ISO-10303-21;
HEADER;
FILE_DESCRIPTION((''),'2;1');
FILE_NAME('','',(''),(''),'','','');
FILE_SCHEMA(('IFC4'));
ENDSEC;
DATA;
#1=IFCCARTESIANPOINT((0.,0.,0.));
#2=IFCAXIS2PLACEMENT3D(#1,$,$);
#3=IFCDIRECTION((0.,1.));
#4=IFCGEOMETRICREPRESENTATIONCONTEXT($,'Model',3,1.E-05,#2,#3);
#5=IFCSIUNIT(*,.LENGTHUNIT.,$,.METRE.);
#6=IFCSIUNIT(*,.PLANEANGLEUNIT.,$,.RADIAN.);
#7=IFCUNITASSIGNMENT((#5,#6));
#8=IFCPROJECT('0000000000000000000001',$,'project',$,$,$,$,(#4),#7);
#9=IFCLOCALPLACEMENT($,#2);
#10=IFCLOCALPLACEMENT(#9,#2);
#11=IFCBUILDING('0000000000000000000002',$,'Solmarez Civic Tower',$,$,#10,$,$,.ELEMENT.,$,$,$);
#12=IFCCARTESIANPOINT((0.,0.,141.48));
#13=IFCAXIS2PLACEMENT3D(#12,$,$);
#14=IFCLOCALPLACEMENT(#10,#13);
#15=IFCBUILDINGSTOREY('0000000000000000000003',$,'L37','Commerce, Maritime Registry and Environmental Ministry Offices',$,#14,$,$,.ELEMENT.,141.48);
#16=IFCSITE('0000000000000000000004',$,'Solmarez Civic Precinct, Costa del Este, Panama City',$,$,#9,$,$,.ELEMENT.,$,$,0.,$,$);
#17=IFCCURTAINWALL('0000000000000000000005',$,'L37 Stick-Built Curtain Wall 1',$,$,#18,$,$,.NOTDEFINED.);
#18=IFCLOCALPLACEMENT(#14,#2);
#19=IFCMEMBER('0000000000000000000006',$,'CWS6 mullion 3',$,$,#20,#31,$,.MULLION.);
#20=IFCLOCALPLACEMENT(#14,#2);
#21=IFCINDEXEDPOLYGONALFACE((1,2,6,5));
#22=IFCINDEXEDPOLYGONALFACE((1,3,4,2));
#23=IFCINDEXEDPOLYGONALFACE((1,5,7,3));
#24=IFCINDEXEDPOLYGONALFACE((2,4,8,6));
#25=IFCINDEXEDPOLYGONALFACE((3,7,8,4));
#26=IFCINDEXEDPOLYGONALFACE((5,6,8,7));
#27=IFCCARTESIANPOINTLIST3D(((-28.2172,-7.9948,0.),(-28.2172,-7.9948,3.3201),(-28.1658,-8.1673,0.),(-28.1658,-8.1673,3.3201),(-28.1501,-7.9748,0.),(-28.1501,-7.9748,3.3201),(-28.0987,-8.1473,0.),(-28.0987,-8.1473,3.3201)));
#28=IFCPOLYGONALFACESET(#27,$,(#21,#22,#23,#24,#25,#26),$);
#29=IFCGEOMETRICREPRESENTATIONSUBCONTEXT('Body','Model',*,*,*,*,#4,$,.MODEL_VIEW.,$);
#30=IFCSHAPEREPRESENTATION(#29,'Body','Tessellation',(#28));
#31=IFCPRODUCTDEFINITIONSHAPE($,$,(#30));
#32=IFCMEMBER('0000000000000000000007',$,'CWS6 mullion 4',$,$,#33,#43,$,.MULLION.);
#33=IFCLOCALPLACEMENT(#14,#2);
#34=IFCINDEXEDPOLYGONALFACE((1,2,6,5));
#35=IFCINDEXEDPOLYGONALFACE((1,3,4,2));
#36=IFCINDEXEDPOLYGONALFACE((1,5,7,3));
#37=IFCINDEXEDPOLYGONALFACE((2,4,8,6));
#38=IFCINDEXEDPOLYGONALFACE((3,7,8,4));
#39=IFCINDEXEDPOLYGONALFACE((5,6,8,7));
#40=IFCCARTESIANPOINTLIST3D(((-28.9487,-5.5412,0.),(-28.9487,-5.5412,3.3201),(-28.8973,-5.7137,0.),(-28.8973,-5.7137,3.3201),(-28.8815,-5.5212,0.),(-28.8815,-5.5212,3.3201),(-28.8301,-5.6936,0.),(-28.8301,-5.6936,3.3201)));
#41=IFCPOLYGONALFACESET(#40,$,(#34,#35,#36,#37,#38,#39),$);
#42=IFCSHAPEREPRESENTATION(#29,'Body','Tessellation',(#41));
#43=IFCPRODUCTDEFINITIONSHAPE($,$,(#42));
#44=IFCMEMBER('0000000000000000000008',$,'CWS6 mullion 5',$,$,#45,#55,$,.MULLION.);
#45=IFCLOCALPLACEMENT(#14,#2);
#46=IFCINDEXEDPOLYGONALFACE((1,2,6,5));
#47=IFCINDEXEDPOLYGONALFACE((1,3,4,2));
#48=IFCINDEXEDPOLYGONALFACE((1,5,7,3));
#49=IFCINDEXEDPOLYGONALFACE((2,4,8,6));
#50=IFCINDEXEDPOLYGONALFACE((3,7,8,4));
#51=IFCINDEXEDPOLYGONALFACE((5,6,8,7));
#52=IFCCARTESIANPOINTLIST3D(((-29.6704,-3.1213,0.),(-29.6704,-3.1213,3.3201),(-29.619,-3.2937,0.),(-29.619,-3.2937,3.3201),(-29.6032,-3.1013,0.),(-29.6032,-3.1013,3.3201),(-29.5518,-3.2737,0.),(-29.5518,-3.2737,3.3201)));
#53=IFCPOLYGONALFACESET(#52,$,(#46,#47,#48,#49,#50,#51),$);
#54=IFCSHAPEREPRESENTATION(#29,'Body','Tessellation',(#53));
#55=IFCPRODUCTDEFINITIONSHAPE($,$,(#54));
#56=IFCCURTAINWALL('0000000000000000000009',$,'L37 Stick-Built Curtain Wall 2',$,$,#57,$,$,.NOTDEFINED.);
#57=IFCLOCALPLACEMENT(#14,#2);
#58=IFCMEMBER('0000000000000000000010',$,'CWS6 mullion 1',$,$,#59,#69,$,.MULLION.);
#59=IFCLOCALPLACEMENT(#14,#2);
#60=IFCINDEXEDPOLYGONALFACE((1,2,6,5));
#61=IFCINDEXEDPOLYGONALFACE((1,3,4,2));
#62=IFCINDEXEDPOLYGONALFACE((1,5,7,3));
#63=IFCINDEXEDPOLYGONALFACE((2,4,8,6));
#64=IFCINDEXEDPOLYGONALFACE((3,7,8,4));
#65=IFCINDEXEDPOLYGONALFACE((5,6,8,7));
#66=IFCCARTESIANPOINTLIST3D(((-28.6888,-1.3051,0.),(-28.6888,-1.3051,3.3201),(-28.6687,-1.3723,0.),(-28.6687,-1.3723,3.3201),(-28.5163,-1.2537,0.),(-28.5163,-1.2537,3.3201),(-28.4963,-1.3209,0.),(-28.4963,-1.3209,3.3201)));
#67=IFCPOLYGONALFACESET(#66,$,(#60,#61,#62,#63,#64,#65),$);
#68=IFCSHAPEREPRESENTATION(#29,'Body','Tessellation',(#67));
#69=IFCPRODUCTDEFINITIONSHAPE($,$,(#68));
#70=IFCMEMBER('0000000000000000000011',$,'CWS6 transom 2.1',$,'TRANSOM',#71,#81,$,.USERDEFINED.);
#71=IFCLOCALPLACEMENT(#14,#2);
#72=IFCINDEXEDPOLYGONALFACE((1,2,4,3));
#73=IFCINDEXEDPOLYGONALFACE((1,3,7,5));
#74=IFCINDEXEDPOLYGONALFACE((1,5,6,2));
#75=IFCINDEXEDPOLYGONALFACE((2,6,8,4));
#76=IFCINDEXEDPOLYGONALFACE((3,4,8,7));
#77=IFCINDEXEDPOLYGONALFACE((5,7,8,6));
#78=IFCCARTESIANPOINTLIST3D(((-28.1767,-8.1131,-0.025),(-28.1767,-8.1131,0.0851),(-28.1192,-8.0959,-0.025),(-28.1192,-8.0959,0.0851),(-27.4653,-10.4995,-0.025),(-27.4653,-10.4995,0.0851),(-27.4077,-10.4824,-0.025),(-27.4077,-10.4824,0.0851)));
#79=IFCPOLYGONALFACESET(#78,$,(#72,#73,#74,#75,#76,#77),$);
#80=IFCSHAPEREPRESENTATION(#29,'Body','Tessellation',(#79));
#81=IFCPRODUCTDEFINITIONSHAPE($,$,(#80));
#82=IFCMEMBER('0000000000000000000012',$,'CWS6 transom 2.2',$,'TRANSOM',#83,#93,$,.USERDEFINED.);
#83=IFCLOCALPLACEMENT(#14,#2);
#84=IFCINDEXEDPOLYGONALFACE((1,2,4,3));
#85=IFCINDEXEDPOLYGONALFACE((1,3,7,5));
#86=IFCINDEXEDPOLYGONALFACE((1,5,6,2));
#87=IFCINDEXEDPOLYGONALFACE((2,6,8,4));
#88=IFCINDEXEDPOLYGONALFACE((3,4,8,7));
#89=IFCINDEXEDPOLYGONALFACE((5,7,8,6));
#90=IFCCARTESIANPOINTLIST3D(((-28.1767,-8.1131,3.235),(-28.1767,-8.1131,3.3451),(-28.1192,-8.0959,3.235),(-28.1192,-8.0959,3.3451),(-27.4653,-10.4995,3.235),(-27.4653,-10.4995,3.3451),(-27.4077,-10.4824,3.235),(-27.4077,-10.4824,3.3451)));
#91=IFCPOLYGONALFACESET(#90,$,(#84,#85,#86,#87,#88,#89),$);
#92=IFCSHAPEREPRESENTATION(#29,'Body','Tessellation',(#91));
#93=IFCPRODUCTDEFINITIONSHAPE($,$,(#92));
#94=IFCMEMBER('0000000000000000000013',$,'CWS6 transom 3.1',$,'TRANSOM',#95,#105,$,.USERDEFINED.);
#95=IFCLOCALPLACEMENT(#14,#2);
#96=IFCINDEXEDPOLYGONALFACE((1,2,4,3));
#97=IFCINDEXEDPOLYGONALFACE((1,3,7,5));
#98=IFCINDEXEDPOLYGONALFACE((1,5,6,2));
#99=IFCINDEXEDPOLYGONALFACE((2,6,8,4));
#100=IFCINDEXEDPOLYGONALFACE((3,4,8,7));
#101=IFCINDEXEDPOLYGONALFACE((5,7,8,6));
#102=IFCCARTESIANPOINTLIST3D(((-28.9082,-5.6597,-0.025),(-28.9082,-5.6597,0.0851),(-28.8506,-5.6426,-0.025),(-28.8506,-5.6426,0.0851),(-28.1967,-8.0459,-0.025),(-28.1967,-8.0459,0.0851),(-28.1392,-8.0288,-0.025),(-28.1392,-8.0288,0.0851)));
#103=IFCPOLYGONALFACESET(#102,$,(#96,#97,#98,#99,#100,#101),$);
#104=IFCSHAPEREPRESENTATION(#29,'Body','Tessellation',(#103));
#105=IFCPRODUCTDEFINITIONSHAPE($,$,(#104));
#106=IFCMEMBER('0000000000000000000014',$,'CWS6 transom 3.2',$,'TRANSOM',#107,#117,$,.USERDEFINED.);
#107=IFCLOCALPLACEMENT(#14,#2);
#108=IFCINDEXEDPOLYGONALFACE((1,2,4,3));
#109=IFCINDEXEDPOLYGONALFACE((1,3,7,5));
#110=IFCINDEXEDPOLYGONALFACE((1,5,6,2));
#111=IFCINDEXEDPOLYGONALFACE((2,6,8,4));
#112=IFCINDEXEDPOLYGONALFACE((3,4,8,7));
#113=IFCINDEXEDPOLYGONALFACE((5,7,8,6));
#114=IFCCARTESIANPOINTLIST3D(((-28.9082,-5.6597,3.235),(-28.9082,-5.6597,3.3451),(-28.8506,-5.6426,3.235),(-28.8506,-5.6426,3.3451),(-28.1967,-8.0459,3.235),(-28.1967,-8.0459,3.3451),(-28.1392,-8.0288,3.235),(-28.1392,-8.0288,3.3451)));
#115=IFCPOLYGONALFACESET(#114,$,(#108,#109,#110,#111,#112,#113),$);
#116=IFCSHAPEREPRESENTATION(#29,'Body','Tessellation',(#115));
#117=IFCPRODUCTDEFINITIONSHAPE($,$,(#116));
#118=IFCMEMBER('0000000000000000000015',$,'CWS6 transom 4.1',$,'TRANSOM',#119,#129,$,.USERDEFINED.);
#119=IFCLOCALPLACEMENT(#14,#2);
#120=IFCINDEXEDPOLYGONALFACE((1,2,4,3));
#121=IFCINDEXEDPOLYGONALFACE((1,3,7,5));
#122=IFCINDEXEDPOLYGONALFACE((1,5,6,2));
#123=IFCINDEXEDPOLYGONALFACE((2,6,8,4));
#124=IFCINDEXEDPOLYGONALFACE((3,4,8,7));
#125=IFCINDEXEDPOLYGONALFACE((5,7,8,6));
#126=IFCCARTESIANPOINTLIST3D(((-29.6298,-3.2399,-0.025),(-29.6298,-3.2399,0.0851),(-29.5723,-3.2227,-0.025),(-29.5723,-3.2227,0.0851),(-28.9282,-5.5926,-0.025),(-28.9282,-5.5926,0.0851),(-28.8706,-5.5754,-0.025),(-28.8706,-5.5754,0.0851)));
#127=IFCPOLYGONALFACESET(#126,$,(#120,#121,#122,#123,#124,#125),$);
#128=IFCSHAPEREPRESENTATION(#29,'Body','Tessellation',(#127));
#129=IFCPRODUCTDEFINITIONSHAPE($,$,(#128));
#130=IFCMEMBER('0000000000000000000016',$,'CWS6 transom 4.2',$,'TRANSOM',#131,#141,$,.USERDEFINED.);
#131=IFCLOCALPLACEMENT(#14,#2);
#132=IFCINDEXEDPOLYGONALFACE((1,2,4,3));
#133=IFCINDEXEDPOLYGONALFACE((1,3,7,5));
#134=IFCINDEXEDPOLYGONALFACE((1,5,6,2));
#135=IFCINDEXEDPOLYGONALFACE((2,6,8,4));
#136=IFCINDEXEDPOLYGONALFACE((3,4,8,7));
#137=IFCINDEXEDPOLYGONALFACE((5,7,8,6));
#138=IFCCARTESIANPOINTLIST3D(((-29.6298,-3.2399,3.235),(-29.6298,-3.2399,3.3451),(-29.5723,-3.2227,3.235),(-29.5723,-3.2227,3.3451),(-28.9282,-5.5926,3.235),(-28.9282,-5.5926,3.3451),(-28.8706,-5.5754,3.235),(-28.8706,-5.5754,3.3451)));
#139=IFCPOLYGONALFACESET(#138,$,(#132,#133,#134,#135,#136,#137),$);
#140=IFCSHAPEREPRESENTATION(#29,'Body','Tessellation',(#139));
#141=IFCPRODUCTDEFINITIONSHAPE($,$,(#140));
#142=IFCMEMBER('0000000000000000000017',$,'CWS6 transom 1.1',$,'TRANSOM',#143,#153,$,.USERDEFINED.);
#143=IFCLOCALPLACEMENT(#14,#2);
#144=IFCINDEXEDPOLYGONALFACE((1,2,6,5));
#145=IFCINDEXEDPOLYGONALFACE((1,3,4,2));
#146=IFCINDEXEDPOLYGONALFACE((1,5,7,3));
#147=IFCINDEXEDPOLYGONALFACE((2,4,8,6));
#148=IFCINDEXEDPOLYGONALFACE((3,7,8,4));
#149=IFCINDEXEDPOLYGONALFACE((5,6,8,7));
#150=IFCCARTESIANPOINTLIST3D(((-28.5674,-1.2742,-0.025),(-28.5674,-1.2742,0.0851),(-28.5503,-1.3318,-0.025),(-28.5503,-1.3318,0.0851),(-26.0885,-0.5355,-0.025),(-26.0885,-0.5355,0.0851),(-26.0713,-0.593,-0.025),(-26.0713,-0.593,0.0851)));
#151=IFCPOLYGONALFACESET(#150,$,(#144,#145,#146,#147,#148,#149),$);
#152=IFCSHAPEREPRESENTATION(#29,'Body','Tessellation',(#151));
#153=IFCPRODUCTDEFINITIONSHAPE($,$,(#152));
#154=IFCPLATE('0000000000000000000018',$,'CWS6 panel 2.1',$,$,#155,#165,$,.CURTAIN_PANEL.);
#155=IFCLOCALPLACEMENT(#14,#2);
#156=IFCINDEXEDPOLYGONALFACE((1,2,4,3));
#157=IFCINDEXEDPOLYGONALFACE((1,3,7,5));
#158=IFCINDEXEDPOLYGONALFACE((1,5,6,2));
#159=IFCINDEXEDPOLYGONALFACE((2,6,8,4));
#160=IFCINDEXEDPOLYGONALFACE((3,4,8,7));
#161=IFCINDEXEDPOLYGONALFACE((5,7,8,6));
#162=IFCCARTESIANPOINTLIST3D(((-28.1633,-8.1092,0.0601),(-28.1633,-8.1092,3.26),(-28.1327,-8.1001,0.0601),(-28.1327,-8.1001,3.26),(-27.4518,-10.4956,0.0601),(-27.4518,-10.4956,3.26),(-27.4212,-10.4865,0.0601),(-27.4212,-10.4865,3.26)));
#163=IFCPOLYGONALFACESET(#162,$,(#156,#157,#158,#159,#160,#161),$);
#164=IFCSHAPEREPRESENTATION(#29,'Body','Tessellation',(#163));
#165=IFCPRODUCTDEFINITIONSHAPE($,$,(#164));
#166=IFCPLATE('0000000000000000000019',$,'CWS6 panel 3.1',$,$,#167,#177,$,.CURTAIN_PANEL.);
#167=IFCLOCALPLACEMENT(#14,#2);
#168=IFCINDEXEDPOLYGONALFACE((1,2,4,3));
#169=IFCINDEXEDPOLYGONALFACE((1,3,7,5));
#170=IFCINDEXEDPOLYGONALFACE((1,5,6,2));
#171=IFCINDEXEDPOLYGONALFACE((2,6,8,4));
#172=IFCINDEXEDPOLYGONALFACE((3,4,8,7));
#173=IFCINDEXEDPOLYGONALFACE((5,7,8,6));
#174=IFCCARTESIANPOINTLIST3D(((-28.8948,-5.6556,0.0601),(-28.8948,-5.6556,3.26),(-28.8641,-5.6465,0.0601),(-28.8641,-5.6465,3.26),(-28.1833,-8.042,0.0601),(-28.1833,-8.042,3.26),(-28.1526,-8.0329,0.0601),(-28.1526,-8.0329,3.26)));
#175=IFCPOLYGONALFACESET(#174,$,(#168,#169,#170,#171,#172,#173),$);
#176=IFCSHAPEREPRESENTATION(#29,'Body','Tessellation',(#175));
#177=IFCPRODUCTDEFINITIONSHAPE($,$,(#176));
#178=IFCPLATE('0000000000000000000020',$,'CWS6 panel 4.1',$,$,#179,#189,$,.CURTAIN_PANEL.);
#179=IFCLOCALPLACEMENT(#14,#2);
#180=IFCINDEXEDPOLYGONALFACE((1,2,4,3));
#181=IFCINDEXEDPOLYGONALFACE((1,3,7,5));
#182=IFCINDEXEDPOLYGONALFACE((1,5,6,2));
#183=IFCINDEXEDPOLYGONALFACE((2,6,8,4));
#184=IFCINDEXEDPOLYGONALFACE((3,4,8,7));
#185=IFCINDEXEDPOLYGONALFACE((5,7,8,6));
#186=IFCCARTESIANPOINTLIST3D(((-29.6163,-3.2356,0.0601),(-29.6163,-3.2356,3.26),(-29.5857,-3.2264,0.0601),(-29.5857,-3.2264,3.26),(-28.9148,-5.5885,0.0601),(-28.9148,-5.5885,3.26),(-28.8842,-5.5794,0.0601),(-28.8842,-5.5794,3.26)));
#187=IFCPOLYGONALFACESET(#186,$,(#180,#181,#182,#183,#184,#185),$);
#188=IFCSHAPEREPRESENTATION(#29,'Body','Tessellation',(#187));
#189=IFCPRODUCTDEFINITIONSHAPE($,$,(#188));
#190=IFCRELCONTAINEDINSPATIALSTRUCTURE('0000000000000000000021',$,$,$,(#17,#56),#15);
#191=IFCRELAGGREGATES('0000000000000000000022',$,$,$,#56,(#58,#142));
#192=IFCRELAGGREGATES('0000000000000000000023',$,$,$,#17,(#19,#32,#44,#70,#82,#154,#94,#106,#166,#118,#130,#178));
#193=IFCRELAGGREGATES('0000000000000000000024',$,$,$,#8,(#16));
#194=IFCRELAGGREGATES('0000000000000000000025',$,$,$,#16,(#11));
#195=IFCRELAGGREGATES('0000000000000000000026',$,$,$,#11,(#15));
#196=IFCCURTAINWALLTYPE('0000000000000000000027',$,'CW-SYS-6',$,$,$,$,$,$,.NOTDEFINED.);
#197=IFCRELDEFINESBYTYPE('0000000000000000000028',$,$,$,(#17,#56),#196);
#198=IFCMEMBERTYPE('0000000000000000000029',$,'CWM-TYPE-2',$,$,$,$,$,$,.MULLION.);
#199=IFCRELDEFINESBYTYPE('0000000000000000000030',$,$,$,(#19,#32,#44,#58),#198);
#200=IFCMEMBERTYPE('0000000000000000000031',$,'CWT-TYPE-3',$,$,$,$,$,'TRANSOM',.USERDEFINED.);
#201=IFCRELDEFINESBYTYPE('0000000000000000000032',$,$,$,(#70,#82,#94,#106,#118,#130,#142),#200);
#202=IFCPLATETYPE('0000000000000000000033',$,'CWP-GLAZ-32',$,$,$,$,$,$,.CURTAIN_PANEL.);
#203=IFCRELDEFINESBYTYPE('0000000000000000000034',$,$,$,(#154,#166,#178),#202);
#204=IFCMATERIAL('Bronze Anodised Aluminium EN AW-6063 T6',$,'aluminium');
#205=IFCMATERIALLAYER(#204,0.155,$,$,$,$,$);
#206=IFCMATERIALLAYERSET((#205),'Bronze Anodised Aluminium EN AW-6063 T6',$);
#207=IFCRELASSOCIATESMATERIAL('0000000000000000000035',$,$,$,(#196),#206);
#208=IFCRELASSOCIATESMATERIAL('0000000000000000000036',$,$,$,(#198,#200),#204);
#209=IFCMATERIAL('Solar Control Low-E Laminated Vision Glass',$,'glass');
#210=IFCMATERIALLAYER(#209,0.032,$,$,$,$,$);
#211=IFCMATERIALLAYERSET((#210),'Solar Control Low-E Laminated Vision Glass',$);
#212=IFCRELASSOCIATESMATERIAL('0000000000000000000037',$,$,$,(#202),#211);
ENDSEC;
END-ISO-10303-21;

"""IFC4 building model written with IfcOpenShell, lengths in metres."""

from ifc_helpers import new_model, si_unit, direction, frame, origin, origin_2d, place, context, subcontext, project, spatial, rectangle, extrude, material, layer, layer_set, material_profile, profile_set, type_object, element, aggregate, save


model = new_model("IFC4")

# Units and contexts
model_context = context("Model", 3, precision=1e-05, world=origin(), true_north=direction((0.0, 1.0)))
body_context = subcontext(model_context, "Body", "Model", "MODEL_VIEW")
ifc_project = project(units=[si_unit("LENGTHUNIT", "METRE"), si_unit("PLANEANGLEUNIT", "RADIAN")], contexts=[model_context])

# Site, building, storey
site_placement = place(None, origin())
site = spatial("IfcSite", under=ifc_project, at=site_placement, Name="Solmarez Civic Precinct, Costa del Este, Panama City", CompositionType="ELEMENT", RefElevation=0.0)
building_placement = place(site_placement, origin())
building = spatial("IfcBuilding", under=site, at=building_placement, Name="Solmarez Civic Tower", CompositionType="ELEMENT")
storey_placement = place(building_placement, frame((0.0, 0.0, 141.48)))
storey = spatial("IfcBuildingStorey", under=building, at=storey_placement, Name="L37", Description="Commerce, Maritime Registry and Environmental Ministry Offices", CompositionType="ELEMENT", Elevation=141.48)

# Curtain wall, members
ifc_material_1 = material(Name="Bronze Anodised Aluminium EN AW-6063 T6", Category="aluminium")
ifc_layer_1 = layer(ifc_material_1, 0.155)
ifc_layer_set_1 = layer_set([ifc_layer_1], Name="Bronze Anodised Aluminium EN AW-6063 T6")
curtain_wall_type = type_object("IfcCurtainWallType", Name="CW-SYS-6", PredefinedType="NOTDEFINED", material=ifc_layer_set_1)
curtain_wall_1_placement = place(storey_placement, origin())
curtain_wall_1 = element("IfcCurtainWall", 1, at=curtain_wall_1_placement, inside=storey, type_object=curtain_wall_type, Name="L37 Stick-Built Curtain Wall 1", PredefinedType="NOTDEFINED")
ifc_material_profile_1 = material_profile(ifc_material_1, rectangle(XDim=0.0701, YDim=0.1799, at=origin_2d()), Name="CWM-70X180")
ifc_profile_set_1 = profile_set([ifc_material_profile_1], Name="Bronze Anodised Aluminium EN AW-6063 T6")
member_type_1 = type_object("IfcMemberType", Name="CWM-TYPE-2", PredefinedType="MULLION", material=ifc_profile_set_1)
member_1_placement = place(storey_placement, frame((-28.158, -8.071, 0.0), z_axis=(0.0, 0.0, 1.0), x_axis=(-0.958314, -0.285717, 0.0)))
member_1 = element("IfcMember", 2, at=member_1_placement, type_object=member_type_1, Name="CWS6 mullion 3", PredefinedType="MULLION", context=body_context, shape_type="SweptSolid", body=[
    extrude(rectangle(XDim=0.0701, YDim=0.1799, at=origin_2d()), origin(), (0.0, 0.0, 1.0), 3.3201),
])
member_2_placement = place(storey_placement, frame((-28.8894, -5.6174, 0.0), z_axis=(0.0, 0.0, 1.0), x_axis=(-0.958314, -0.285717, 0.0)))
member_2 = element("IfcMember", 3, at=member_2_placement, type_object=member_type_1, Name="CWS6 mullion 4", PredefinedType="MULLION", context=body_context, shape_type="SweptSolid", body=[
    extrude(rectangle(XDim=0.0701, YDim=0.1799, at=origin_2d()), origin(), (0.0, 0.0, 1.0), 3.3201),
])
member_3_placement = place(storey_placement, frame((-29.6111, -3.1975, 0.0), z_axis=(0.0, 0.0, 1.0), x_axis=(-0.958314, -0.285717, 0.0)))
member_3 = element("IfcMember", 4, at=member_3_placement, type_object=member_type_1, Name="CWS6 mullion 5", PredefinedType="MULLION", context=body_context, shape_type="SweptSolid", body=[
    extrude(rectangle(XDim=0.0701, YDim=0.1799, at=origin_2d()), origin(), (0.0, 0.0, 1.0), 3.3201),
])

# Curtain wall, member
curtain_wall_2_placement = place(storey_placement, origin())
curtain_wall_2 = element("IfcCurtainWall", 5, at=curtain_wall_2_placement, inside=storey, type_object=curtain_wall_type, Name="L37 Stick-Built Curtain Wall 2", PredefinedType="NOTDEFINED")
member_4_placement = place(storey_placement, frame((-28.5925, -1.313, 0.0), z_axis=(0.0, 0.0, 1.0), x_axis=(-0.285616, 0.958344, 0.0)))
member_4 = element("IfcMember", 6, at=member_4_placement, type_object=member_type_1, Name="CWS6 mullion 1", PredefinedType="MULLION", context=body_context, shape_type="SweptSolid", body=[
    extrude(rectangle(XDim=0.0701, YDim=0.1799, at=origin_2d()), origin(), (0.0, 0.0, 1.0), 3.3201),
])

# Members
ifc_material_profile_2 = material_profile(ifc_material_1, rectangle(XDim=0.0601, YDim=0.1101, at=origin_2d()), Name="CWT-60X110")
ifc_profile_set_2 = profile_set([ifc_material_profile_2], Name="Bronze Anodised Aluminium EN AW-6063 T6")
member_type_2 = type_object("IfcMemberType", Name="CWT-TYPE-3", ElementType="TRANSOM", PredefinedType="USERDEFINED", material=ifc_profile_set_2)
member_5_placement = place(storey_placement, frame((-27.4365, -10.491, 0.03), z_axis=(-0.285683, 0.958324, 0.0), x_axis=(-0.958324, -0.285683, 0.0)))
member_5 = element("IfcMember", 7, at=member_5_placement, type_object=member_type_2, Name="CWS6 transom 2.1", ObjectType="TRANSOM", PredefinedType="USERDEFINED", context=body_context, shape_type="SweptSolid", body=[
    extrude(rectangle(XDim=0.0601, YDim=0.1101, at=origin_2d()), origin(), (0.0, 0.0, 1.0), 2.4902),
])
member_6_placement = place(storey_placement, frame((-27.4365, -10.491, 3.29), z_axis=(-0.285683, 0.958324, 0.0), x_axis=(-0.958324, -0.285683, 0.0)))
member_6 = element("IfcMember", 8, at=member_6_placement, type_object=member_type_2, Name="CWS6 transom 2.2", ObjectType="TRANSOM", PredefinedType="USERDEFINED", context=body_context, shape_type="SweptSolid", body=[
    extrude(rectangle(XDim=0.0601, YDim=0.1101, at=origin_2d()), origin(), (0.0, 0.0, 1.0), 2.4902),
])
member_7_placement = place(storey_placement, frame((-28.168, -8.0374, 0.03), z_axis=(-0.28571, 0.958316, 0.0), x_axis=(-0.958316, -0.28571, 0.0)))
member_7 = element("IfcMember", 9, at=member_7_placement, type_object=member_type_2, Name="CWS6 transom 3.1", ObjectType="TRANSOM", PredefinedType="USERDEFINED", context=body_context, shape_type="SweptSolid", body=[
    extrude(rectangle(XDim=0.0601, YDim=0.1101, at=origin_2d()), origin(), (0.0, 0.0, 1.0), 2.49),
])
member_8_placement = place(storey_placement, frame((-28.168, -8.0374, 3.29), z_axis=(-0.28571, 0.958316, 0.0), x_axis=(-0.958316, -0.28571, 0.0)))
member_8 = element("IfcMember", 10, at=member_8_placement, type_object=member_type_2, Name="CWS6 transom 3.2", ObjectType="TRANSOM", PredefinedType="USERDEFINED", context=body_context, shape_type="SweptSolid", body=[
    extrude(rectangle(XDim=0.0601, YDim=0.1101, at=origin_2d()), origin(), (0.0, 0.0, 1.0), 2.49),
])
member_9_placement = place(storey_placement, frame((-28.8994, -5.584, 0.03), z_axis=(-0.285787, 0.958293, 0.0), x_axis=(-0.958293, -0.285787, 0.0)))
member_9 = element("IfcMember", 11, at=member_9_placement, type_object=member_type_2, Name="CWS6 transom 4.1", ObjectType="TRANSOM", PredefinedType="USERDEFINED", context=body_context, shape_type="SweptSolid", body=[
    extrude(rectangle(XDim=0.0601, YDim=0.1101, at=origin_2d()), origin(), (0.0, 0.0, 1.0), 2.4551),
])
member_10_placement = place(storey_placement, frame((-28.8994, -5.584, 3.29), z_axis=(-0.285787, 0.958293, 0.0), x_axis=(-0.958293, -0.285787, 0.0)))
member_10 = element("IfcMember", 12, at=member_10_placement, type_object=member_type_2, Name="CWS6 transom 4.2", ObjectType="TRANSOM", PredefinedType="USERDEFINED", context=body_context, shape_type="SweptSolid", body=[
    extrude(rectangle(XDim=0.0601, YDim=0.1101, at=origin_2d()), origin(), (0.0, 0.0, 1.0), 2.4551),
])
member_11_placement = place(storey_placement, frame((-28.5588, -1.303, 0.03), z_axis=(0.958349, 0.285598, 0.0), x_axis=(-0.285598, 0.958349, 0.0)))
member_11 = element("IfcMember", 13, at=member_11_placement, type_object=member_type_2, Name="CWS6 transom 1.1", ObjectType="TRANSOM", PredefinedType="USERDEFINED", context=body_context, shape_type="SweptSolid", body=[
    extrude(rectangle(XDim=0.0601, YDim=0.1101, at=origin_2d()), origin(), (0.0, 0.0, 1.0), 2.5867),
])
aggregate(curtain_wall_2, [member_4, member_11])

# Plates
ifc_material_2 = material(Name="Solar Control Low-E Laminated Vision Glass", Category="glass")
ifc_layer_2 = layer(ifc_material_2, 0.032)
ifc_layer_set_2 = layer_set([ifc_layer_2], Name="Solar Control Low-E Laminated Vision Glass")
plate_type = type_object("IfcPlateType", Name="CWP-GLAZ-32", PredefinedType="CURTAIN_PANEL", material=ifc_layer_set_2)
plate_1_placement = place(storey_placement, frame((-27.7922, -9.2979, 0.0601), z_axis=(0.0, 0.0, 1.0), x_axis=(-0.285717, 0.958314, 0.0)))
plate_1 = element("IfcPlate", 14, at=plate_1_placement, type_object=plate_type, Name="CWS6 panel 2.1", PredefinedType="CURTAIN_PANEL", context=body_context, shape_type="SweptSolid", body=[
    extrude(rectangle(XDim=2.4902, YDim=0.032, at=origin_2d()), origin(), (0.0, 0.0, 1.0), 3.2),
])
plate_2_placement = place(storey_placement, frame((-28.5237, -6.8442, 0.0601), z_axis=(0.0, 0.0, 1.0), x_axis=(-0.285717, 0.958314, 0.0)))
plate_2 = element("IfcPlate", 15, at=plate_2_placement, type_object=plate_type, Name="CWS6 panel 3.1", PredefinedType="CURTAIN_PANEL", context=body_context, shape_type="SweptSolid", body=[
    extrude(rectangle(XDim=2.4902, YDim=0.032, at=origin_2d()), origin(), (0.0, 0.0, 1.0), 3.2),
])
plate_3_placement = place(storey_placement, frame((-29.2502, -4.4075, 0.0601), z_axis=(0.0, 0.0, 1.0), x_axis=(-0.285717, 0.958314, 0.0)))
plate_3 = element("IfcPlate", 16, at=plate_3_placement, type_object=plate_type, Name="CWS6 panel 4.1", PredefinedType="CURTAIN_PANEL", context=body_context, shape_type="SweptSolid", body=[
    extrude(rectangle(XDim=2.4553, YDim=0.032, at=origin_2d()), origin(), (0.0, 0.0, 1.0), 3.2),
])
aggregate(curtain_wall_1, [member_1, member_2, member_3, member_5, member_6, plate_1, member_7, member_8, plate_2, member_9, member_10, plate_3])

save(model, "model.ifc")
